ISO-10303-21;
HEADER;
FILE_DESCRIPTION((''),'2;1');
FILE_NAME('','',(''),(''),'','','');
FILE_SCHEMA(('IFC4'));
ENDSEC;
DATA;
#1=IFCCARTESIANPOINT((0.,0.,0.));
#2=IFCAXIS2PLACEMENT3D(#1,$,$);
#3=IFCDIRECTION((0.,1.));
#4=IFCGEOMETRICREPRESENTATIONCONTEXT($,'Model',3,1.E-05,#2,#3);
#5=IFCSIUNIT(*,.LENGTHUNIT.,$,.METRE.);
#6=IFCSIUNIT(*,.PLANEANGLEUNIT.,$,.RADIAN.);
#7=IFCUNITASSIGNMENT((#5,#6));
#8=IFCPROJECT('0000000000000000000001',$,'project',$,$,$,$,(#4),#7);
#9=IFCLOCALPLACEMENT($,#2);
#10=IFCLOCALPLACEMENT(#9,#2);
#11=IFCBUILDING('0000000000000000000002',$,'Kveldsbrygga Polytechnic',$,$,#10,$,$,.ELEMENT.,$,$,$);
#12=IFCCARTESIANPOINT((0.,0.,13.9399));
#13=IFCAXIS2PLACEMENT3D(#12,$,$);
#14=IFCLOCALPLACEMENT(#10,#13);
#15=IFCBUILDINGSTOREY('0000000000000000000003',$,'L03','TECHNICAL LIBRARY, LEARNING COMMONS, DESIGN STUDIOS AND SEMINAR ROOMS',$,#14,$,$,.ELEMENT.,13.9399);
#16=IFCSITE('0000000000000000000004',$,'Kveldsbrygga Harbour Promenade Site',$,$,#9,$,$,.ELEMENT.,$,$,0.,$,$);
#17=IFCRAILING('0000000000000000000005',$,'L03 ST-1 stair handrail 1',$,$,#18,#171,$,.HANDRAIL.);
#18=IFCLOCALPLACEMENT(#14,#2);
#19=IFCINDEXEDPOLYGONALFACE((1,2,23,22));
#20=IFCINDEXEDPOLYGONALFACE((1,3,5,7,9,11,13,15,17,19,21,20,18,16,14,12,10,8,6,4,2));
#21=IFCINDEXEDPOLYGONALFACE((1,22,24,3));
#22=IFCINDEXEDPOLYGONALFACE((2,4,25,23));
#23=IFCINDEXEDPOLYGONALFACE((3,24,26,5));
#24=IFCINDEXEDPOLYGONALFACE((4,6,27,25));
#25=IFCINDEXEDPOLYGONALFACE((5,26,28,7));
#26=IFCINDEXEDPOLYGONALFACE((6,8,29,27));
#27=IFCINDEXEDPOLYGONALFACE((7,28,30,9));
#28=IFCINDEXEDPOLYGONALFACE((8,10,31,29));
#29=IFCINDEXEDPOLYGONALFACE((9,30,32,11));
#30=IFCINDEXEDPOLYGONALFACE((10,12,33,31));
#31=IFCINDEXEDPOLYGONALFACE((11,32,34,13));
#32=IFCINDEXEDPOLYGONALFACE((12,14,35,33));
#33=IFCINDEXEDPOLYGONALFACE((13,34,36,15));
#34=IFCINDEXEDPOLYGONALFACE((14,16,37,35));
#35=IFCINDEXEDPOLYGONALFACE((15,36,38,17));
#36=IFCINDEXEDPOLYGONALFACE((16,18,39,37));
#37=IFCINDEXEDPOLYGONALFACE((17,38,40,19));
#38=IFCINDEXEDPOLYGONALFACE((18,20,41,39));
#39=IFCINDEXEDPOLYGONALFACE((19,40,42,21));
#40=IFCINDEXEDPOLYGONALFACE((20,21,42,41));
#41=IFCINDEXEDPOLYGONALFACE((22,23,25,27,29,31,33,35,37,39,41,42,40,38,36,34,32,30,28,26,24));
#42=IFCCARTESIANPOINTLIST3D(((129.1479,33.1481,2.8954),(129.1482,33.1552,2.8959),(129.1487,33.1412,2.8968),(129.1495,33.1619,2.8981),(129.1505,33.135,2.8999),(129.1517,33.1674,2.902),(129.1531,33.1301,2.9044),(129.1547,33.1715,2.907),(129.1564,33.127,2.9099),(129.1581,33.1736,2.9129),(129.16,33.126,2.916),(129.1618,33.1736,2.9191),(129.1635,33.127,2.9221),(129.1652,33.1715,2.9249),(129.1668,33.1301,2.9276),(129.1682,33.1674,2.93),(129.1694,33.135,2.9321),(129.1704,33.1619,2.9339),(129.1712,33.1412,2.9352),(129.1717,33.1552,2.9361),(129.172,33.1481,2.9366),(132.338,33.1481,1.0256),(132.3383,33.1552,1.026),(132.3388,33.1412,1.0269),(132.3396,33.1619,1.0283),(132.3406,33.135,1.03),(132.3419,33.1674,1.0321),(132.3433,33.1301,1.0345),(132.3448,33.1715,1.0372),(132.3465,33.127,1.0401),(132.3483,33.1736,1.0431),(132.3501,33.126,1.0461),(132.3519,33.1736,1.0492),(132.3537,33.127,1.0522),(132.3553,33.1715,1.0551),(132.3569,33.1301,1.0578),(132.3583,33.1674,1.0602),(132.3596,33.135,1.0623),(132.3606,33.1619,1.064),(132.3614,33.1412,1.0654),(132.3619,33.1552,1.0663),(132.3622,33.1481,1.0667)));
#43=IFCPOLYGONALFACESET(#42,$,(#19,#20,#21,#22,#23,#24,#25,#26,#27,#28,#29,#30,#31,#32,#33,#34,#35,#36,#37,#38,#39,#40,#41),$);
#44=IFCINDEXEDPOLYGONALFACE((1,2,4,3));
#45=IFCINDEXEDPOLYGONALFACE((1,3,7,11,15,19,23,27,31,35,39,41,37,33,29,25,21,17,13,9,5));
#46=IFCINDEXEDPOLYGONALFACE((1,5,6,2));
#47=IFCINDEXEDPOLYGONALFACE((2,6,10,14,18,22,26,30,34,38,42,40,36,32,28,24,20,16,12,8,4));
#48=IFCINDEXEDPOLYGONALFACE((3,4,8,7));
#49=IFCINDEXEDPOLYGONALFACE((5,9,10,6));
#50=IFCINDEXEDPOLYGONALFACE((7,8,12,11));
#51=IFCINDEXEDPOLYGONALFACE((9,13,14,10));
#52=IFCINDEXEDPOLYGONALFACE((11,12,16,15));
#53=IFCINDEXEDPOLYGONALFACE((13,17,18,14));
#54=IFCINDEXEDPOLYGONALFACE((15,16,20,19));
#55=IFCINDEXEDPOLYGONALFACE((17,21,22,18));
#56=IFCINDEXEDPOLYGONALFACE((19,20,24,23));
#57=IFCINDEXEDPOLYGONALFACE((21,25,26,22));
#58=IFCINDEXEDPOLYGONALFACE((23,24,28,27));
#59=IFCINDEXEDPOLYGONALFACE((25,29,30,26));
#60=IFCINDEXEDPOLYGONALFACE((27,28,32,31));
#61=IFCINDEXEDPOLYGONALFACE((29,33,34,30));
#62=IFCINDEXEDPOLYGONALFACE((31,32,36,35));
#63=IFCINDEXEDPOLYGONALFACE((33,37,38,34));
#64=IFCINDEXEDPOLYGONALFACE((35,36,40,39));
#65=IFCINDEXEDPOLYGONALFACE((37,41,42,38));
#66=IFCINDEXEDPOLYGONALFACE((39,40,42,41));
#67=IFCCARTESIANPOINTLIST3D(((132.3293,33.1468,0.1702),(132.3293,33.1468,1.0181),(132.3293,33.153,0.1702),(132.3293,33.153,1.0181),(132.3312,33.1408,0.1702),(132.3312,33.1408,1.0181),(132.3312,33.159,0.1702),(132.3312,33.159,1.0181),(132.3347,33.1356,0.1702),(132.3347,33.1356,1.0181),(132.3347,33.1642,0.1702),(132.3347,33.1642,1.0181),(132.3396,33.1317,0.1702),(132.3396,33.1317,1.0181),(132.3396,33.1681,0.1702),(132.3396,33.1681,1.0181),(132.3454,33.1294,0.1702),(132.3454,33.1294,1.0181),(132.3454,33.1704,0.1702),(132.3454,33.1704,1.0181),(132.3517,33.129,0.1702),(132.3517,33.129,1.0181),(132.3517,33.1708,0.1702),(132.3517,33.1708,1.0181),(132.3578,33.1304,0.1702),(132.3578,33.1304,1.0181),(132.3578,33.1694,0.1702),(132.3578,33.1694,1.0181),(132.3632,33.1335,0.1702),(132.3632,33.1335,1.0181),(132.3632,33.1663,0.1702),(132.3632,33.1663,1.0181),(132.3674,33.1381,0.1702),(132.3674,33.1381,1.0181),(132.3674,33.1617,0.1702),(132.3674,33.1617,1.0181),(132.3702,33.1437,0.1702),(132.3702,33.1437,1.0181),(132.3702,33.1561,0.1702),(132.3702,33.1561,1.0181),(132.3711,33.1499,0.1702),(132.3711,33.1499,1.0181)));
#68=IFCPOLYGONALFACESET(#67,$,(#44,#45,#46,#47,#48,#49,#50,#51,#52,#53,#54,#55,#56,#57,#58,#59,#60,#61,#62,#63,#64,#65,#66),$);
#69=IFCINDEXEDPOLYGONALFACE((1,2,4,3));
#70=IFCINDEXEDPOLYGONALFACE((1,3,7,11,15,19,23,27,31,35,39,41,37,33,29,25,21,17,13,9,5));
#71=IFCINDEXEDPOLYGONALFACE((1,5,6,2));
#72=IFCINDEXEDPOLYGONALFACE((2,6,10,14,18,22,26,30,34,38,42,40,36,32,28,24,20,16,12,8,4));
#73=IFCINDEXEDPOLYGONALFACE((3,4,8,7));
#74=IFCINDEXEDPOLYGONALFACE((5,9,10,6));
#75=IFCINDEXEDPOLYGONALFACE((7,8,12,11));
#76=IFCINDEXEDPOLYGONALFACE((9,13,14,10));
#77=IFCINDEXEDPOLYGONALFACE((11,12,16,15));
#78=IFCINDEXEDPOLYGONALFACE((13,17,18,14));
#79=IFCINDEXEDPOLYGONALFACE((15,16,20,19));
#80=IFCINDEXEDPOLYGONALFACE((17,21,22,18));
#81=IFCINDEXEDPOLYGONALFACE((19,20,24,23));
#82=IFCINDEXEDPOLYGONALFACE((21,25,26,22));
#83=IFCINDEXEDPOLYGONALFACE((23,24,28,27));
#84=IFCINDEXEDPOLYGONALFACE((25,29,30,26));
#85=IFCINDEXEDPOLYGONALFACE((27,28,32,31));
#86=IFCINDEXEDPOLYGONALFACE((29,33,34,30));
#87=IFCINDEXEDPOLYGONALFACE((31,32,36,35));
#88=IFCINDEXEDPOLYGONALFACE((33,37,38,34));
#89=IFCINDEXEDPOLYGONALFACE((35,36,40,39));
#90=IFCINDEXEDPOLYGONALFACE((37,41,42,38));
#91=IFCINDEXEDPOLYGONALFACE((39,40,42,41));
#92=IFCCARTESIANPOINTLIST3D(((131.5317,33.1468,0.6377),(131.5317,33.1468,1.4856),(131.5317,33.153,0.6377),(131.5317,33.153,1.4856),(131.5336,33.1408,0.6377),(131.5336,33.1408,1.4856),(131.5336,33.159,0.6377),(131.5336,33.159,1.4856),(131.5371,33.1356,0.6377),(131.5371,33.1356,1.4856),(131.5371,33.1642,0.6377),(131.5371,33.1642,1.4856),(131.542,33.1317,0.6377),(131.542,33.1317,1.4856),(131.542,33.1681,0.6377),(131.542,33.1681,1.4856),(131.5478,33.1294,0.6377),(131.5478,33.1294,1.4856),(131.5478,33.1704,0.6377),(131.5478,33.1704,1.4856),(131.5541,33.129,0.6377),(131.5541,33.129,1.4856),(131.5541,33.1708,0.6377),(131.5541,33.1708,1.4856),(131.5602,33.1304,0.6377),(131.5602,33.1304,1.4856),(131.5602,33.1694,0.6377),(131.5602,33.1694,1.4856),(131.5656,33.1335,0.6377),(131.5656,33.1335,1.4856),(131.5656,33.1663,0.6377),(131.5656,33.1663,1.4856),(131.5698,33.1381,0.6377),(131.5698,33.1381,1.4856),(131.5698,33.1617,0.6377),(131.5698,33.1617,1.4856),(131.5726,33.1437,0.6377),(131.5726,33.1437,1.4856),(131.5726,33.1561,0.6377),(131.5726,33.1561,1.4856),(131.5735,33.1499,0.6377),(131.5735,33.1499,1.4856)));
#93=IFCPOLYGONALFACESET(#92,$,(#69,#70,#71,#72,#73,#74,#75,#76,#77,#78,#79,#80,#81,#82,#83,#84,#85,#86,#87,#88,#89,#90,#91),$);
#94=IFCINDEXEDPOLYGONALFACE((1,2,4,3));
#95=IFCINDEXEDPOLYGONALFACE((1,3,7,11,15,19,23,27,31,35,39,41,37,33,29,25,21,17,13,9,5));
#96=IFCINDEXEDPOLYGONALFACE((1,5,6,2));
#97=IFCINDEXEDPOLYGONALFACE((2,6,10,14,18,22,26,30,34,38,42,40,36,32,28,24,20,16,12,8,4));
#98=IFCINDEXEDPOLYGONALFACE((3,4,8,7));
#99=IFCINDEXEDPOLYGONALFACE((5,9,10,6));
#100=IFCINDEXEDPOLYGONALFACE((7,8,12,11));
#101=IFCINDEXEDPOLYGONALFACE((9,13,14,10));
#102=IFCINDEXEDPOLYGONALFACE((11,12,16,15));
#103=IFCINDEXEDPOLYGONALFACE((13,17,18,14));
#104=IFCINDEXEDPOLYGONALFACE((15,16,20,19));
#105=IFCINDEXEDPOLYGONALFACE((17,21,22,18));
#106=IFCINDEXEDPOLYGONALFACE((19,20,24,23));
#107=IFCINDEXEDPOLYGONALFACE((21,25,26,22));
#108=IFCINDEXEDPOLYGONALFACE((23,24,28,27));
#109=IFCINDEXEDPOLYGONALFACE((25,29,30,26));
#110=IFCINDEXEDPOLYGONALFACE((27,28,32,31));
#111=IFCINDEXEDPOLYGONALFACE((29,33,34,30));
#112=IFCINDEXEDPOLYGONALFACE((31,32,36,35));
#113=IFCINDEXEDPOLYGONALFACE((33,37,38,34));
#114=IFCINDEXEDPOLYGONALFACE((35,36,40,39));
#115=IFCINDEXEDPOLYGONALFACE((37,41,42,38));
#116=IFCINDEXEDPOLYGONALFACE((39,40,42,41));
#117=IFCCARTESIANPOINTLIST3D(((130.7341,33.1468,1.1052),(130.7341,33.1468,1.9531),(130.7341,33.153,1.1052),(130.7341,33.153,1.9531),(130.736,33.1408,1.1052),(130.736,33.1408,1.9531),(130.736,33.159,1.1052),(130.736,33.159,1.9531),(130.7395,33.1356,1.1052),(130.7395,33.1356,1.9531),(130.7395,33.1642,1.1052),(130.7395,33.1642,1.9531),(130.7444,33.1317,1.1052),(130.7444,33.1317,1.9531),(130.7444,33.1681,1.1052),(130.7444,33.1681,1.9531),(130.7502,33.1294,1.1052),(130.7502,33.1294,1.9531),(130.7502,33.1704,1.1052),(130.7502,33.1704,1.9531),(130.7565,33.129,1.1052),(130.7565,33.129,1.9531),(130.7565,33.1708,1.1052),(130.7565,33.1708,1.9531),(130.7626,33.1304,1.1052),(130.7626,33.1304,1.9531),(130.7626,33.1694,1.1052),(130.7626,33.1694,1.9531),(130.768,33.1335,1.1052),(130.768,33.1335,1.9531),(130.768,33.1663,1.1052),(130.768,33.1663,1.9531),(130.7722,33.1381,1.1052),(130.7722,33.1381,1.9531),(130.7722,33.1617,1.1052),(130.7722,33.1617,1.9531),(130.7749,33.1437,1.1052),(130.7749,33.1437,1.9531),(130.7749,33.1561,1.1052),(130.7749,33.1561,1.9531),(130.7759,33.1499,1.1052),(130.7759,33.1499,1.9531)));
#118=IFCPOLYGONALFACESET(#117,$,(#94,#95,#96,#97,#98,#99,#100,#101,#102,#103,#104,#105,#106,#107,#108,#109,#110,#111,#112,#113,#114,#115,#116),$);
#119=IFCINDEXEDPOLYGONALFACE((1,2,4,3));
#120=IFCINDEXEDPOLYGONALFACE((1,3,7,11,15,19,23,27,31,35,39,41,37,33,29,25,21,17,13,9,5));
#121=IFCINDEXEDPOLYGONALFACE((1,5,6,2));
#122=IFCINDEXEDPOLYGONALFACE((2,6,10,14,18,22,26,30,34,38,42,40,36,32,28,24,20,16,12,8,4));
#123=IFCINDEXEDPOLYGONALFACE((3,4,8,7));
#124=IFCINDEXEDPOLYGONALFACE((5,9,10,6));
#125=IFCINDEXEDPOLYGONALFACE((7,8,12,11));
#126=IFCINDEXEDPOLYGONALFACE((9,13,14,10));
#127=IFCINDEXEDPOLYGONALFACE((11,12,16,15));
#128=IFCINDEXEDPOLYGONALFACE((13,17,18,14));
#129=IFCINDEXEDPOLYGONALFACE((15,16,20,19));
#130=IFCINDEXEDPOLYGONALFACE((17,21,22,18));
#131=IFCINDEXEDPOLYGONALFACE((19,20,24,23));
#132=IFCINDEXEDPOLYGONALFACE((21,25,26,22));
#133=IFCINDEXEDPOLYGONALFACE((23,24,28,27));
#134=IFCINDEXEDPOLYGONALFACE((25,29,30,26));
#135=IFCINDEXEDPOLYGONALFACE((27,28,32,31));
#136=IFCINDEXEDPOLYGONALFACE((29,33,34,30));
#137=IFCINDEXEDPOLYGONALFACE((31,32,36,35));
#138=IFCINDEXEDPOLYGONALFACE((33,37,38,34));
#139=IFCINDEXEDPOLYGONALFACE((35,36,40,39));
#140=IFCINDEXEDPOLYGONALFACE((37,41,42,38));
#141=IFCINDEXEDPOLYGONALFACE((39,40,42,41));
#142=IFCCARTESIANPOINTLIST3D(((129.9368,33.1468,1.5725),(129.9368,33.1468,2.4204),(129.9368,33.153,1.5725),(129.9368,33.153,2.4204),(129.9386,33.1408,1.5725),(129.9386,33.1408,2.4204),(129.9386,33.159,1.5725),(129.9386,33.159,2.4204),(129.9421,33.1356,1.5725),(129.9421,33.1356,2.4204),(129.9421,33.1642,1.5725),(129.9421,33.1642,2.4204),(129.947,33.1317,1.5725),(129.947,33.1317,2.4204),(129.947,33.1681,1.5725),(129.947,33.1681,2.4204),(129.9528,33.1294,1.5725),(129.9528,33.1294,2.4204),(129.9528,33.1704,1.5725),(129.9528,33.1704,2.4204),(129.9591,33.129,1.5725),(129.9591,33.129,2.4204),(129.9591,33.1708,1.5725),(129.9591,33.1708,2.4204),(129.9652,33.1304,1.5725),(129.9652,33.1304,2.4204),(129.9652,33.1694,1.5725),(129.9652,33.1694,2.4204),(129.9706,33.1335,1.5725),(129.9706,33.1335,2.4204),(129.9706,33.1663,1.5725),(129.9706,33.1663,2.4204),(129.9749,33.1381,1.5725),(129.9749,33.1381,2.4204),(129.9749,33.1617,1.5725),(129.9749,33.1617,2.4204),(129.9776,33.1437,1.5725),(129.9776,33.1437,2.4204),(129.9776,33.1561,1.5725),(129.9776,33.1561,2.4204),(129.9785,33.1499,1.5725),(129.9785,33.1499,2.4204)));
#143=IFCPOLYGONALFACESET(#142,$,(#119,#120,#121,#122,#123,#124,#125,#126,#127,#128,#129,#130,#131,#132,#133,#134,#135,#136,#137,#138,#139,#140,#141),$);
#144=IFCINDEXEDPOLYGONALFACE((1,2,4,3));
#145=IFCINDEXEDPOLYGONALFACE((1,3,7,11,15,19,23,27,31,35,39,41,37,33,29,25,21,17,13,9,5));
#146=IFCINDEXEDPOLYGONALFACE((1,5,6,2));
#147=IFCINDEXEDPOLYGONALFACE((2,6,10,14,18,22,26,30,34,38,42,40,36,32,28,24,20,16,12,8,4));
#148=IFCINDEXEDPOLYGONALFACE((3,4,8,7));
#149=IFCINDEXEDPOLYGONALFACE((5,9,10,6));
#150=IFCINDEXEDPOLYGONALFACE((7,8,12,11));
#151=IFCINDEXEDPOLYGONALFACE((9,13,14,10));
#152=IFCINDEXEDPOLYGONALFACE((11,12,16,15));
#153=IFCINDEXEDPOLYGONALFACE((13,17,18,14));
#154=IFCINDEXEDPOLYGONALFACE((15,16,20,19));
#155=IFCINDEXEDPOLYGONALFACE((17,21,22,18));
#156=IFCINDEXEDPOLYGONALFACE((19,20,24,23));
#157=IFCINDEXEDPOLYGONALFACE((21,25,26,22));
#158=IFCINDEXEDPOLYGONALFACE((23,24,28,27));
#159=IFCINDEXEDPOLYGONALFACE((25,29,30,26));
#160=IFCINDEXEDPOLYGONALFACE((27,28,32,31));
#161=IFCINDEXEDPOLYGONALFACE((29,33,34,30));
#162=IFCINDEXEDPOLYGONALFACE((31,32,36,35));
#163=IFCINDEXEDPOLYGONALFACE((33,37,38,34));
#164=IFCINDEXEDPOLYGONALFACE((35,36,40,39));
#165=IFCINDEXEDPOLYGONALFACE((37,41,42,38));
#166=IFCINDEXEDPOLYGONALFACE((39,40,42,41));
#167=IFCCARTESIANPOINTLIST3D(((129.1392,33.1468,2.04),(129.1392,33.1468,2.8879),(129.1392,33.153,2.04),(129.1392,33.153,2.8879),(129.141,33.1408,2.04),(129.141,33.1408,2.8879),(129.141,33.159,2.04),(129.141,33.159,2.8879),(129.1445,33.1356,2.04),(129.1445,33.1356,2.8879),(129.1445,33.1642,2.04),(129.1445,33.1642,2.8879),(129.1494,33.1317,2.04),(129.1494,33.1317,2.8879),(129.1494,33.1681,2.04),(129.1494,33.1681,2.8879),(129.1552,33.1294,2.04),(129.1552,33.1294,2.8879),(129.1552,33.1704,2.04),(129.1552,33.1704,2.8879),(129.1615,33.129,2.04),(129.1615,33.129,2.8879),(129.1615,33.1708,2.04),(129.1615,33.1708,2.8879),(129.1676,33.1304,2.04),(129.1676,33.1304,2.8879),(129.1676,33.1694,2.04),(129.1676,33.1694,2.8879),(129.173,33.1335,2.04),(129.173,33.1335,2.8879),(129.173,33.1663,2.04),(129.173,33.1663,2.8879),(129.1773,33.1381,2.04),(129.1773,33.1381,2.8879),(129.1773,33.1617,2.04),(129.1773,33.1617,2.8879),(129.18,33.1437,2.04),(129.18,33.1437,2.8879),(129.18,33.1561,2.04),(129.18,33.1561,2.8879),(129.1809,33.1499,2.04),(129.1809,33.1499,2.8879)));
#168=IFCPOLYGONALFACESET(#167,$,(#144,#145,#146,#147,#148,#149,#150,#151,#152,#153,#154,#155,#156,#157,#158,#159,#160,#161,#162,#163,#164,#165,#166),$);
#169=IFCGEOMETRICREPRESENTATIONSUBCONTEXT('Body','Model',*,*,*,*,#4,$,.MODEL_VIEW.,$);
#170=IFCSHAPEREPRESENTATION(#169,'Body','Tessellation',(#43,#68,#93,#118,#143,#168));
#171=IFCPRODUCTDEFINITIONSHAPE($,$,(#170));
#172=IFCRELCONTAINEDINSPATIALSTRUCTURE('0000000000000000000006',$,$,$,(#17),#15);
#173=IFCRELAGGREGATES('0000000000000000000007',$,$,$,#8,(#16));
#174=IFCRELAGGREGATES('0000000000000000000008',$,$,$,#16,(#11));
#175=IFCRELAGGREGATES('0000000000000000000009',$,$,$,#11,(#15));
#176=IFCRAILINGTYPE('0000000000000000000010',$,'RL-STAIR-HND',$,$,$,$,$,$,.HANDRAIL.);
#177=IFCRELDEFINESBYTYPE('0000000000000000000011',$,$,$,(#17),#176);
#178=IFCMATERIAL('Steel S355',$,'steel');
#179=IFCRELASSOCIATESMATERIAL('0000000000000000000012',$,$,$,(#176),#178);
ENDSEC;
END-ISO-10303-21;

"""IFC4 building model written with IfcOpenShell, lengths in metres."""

from ifc_helpers import new_model, si_unit, direction, frame, origin, origin_2d, place, context, subcontext, project, spatial, circle, extrude, material, type_object, element, save


model = new_model("IFC4")

# Units and contexts
model_context = context("Model", 3, precision=1e-05, world=origin(), true_north=direction((0.0, 1.0)))
body_context = subcontext(model_context, "Body", "Model", "MODEL_VIEW")
ifc_project = project(units=[si_unit("LENGTHUNIT", "METRE"), si_unit("PLANEANGLEUNIT", "RADIAN")], contexts=[model_context])

# Site, building, storey
site_placement = place(None, origin())
site = spatial("IfcSite", under=ifc_project, at=site_placement, Name="Kveldsbrygga Harbour Promenade Site", CompositionType="ELEMENT", RefElevation=0.0)
building_placement = place(site_placement, origin())
building = spatial("IfcBuilding", under=site, at=building_placement, Name="Kveldsbrygga Polytechnic", CompositionType="ELEMENT")
storey_placement = place(building_placement, frame((0.0, 0.0, 13.9399)))
storey = spatial("IfcBuildingStorey", under=building, at=storey_placement, Name="L03", Description="TECHNICAL LIBRARY, LEARNING COMMONS, DESIGN STUDIOS AND SEMINAR ROOMS", CompositionType="ELEMENT", Elevation=13.9399)

# Railing
ifc_material_1 = material(Name="Steel S355", Category="steel")
railing_type_1 = type_object("IfcRailingType", Name="RL-STAIR-HND", PredefinedType="HANDRAIL", material=ifc_material_1)
railing_1_placement = place(storey_placement, frame((132.3501, 33.1499, 0.1702)))
element("IfcRailing", 1, at=railing_1_placement, inside=storey, type_object=railing_type_1, Name="L03 ST-1 stair handrail 1", PredefinedType="HANDRAIL", context=body_context, shape_type="SweptSolid", body=[
    extrude(circle(Radius=0.0239, at=origin_2d()), frame((0.0, 0.0, 0.876), z_axis=(-0.862726, 0.0, 0.505672), x_axis=(0.0, -1.0, 0.0)), (0.0, 0.0, 1.0), 3.6978),
    extrude(circle(Radius=0.021, at=origin_2d()), origin(), (0.0, 0.0, 1.0), 0.8479),
    extrude(circle(Radius=0.021, at=origin_2d()), frame((-0.7976, 0.0, 0.4675)), (0.0, 0.0, 1.0), 0.8479),
    extrude(circle(Radius=0.021, at=origin_2d()), frame((-1.5952, 0.0, 0.9351)), (0.0, 0.0, 1.0), 0.8479),
    extrude(circle(Radius=0.021, at=origin_2d()), frame((-2.3926, 0.0, 1.4023)), (0.0, 0.0, 1.0), 0.8479),
    extrude(circle(Radius=0.021, at=origin_2d()), frame((-3.1902, 0.0, 1.8699)), (0.0, 0.0, 1.0), 0.8479),
])

save(model, "model.ifc")
